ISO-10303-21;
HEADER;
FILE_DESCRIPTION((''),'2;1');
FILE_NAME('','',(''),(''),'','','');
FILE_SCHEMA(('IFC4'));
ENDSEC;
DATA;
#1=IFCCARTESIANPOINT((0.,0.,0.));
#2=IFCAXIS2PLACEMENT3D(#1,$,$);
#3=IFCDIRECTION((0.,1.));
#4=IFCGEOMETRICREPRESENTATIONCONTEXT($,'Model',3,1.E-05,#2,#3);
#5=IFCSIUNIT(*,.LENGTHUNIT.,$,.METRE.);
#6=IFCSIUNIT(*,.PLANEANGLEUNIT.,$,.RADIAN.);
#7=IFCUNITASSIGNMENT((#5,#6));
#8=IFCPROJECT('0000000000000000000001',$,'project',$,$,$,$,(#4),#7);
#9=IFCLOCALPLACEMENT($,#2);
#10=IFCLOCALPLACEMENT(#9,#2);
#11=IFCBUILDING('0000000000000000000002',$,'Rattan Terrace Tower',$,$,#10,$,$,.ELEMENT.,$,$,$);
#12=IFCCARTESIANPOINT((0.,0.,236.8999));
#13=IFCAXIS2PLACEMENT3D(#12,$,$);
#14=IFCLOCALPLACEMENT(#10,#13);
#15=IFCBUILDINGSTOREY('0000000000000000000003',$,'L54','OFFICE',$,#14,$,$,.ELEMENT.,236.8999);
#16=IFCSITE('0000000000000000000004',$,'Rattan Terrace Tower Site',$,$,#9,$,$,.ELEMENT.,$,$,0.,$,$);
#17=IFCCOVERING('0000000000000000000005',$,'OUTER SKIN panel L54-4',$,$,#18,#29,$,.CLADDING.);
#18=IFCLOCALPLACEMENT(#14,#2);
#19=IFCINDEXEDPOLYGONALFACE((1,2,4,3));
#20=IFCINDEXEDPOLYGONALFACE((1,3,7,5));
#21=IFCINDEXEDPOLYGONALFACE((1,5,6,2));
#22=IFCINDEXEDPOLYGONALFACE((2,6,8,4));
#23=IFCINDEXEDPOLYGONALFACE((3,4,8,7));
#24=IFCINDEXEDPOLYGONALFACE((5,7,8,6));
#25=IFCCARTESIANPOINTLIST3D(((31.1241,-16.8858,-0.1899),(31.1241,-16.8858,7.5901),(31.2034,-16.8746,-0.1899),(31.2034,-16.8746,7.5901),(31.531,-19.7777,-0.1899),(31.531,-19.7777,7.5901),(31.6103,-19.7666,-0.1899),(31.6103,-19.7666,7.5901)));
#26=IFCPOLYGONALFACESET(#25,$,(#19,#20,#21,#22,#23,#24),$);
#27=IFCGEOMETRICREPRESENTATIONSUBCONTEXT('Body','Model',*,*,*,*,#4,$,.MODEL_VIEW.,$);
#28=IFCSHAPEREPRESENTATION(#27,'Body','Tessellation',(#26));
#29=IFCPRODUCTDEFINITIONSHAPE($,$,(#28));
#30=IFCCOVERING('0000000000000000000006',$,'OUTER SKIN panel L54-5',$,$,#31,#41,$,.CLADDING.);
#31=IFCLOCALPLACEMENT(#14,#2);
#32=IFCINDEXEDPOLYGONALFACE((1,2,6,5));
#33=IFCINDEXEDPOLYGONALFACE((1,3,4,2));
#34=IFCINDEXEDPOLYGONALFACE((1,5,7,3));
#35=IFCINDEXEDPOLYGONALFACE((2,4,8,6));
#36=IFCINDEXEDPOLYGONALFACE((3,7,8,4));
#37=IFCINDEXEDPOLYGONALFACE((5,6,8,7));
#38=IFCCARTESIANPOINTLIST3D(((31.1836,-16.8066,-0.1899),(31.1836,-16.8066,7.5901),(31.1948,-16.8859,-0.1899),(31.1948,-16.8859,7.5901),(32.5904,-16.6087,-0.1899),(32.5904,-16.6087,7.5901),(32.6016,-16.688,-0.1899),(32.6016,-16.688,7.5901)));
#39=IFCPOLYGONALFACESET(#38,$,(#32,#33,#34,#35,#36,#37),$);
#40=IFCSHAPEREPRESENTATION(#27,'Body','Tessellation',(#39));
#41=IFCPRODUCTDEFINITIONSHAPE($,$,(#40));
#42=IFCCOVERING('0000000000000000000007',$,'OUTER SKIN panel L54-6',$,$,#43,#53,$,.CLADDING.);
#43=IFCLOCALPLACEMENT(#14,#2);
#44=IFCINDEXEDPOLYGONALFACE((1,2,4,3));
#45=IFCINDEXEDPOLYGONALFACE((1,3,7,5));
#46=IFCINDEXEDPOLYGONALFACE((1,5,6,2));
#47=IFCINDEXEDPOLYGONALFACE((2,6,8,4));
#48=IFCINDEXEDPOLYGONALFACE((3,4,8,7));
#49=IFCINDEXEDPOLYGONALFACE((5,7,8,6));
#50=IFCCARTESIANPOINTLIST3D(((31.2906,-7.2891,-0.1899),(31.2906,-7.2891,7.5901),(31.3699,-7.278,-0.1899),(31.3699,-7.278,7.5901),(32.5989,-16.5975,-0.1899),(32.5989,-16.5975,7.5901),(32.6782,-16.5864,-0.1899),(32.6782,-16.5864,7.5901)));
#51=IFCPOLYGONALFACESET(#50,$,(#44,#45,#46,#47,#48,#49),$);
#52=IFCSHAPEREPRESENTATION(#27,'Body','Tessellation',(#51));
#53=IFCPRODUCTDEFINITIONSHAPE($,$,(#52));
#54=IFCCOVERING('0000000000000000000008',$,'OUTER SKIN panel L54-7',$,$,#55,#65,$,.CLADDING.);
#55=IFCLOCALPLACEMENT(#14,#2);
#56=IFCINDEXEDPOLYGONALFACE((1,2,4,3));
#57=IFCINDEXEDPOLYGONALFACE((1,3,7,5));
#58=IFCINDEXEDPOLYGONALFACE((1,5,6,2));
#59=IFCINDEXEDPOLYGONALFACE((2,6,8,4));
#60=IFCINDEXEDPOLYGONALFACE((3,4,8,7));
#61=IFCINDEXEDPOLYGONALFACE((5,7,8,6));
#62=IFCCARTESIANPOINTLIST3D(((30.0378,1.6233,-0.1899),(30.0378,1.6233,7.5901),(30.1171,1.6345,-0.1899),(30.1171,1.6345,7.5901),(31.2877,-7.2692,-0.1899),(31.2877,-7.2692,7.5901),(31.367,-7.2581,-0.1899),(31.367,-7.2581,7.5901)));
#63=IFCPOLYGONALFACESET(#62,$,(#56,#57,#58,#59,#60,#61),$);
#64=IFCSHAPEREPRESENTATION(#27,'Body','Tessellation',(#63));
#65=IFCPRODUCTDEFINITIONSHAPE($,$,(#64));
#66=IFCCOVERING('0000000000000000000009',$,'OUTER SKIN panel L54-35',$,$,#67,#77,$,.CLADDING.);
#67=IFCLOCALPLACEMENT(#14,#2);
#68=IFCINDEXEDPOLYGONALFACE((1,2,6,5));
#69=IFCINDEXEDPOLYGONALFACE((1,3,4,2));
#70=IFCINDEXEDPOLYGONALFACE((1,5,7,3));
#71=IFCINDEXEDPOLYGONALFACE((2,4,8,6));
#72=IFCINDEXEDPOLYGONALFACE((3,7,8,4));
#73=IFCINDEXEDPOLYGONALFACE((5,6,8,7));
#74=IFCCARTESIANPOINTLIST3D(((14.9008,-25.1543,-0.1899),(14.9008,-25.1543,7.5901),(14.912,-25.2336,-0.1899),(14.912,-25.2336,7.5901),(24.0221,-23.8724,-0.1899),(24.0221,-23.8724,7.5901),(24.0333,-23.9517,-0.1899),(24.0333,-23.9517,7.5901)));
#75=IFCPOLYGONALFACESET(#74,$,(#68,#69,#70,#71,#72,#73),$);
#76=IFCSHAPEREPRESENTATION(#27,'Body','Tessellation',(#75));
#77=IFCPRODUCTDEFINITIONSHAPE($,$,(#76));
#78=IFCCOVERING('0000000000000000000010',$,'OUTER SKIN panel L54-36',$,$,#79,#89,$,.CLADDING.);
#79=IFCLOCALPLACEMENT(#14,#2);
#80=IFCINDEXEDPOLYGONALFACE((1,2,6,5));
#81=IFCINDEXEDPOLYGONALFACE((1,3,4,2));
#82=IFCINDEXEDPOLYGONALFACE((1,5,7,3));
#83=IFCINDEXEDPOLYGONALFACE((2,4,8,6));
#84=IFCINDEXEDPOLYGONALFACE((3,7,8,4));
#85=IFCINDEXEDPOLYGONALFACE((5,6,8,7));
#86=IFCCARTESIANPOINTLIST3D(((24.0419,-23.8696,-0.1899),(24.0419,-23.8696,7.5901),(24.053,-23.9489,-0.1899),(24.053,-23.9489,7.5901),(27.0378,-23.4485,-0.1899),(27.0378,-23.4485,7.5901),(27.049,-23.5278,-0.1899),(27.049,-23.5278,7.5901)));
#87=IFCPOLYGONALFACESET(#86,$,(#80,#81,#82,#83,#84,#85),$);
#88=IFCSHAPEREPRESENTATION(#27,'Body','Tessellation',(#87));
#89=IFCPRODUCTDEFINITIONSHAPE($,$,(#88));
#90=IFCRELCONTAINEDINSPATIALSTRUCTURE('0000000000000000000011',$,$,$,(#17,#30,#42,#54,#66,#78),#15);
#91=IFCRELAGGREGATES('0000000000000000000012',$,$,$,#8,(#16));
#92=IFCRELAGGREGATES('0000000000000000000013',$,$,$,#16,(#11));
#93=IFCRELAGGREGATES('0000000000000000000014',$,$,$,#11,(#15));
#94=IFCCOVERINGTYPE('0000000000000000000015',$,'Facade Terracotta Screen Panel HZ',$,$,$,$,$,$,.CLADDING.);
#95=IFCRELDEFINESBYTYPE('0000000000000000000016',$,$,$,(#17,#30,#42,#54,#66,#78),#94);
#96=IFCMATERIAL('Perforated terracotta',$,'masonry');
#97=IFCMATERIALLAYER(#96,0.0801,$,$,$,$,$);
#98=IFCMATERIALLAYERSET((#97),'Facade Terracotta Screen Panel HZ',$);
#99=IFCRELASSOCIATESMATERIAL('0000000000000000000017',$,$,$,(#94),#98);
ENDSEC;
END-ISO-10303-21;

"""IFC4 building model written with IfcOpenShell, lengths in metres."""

from ifc_helpers import new_model, si_unit, direction, frame, origin, origin_2d, place, context, subcontext, project, spatial, rectangle, extrude, material, layer, layer_set, type_object, element, save


model = new_model("IFC4")

# Units and contexts
model_context = context("Model", 3, precision=1e-05, world=origin(), true_north=direction((0.0, 1.0)))
body_context = subcontext(model_context, "Body", "Model", "MODEL_VIEW")
ifc_project = project(units=[si_unit("LENGTHUNIT", "METRE"), si_unit("PLANEANGLEUNIT", "RADIAN")], contexts=[model_context])

# Site, building, storey
site_placement = place(None, origin())
site = spatial("IfcSite", under=ifc_project, at=site_placement, Name="Rattan Terrace Tower Site", CompositionType="ELEMENT", RefElevation=0.0)
building_placement = place(site_placement, origin())
building = spatial("IfcBuilding", under=site, at=building_placement, Name="Rattan Terrace Tower", CompositionType="ELEMENT")
storey_placement = place(building_placement, frame((0.0, 0.0, 236.8999)))
storey = spatial("IfcBuildingStorey", under=building, at=storey_placement, Name="L54", Description="OFFICE", CompositionType="ELEMENT", Elevation=236.8999)

# Coverings
ifc_material_1 = material(Name="Perforated terracotta", Category="masonry")
ifc_layer_1 = layer(ifc_material_1, 0.0801)
ifc_layer_set_1 = layer_set([ifc_layer_1], Name="Facade Terracotta Screen Panel HZ")
covering_type = type_object("IfcCoveringType", Name="Facade Terracotta Screen Panel HZ", PredefinedType="CLADDING", material=ifc_layer_set_1)
covering_1_placement = place(storey_placement, frame((31.3672, -18.3262, -0.1899), z_axis=(0.0, 0.0, 1.0), x_axis=(-0.139321, 0.990247, 0.0)))
element("IfcCovering", 1, at=covering_1_placement, inside=storey, type_object=covering_type, Name="OUTER SKIN panel L54-4", PredefinedType="CLADDING", context=body_context, shape_type="SweptSolid", body=[
    extrude(rectangle(XDim=2.9204, YDim=0.0801, at=origin_2d()), origin(), (0.0, 0.0, 1.0), 7.78),
])
covering_2_placement = place(storey_placement, frame((31.8926, -16.7473, -0.1899), z_axis=(0.0, 0.0, 1.0), x_axis=(0.990254, 0.139275, 0.0)))
element("IfcCovering", 2, at=covering_2_placement, inside=storey, type_object=covering_type, Name="OUTER SKIN panel L54-5", PredefinedType="CLADDING", context=body_context, shape_type="SweptSolid", body=[
    extrude(rectangle(XDim=1.4207, YDim=0.0801, at=origin_2d()), origin(), (0.0, 0.0, 1.0), 7.78),
])
covering_3_placement = place(storey_placement, frame((31.9844, -11.9377, -0.1899), z_axis=(0.0, 0.0, 1.0), x_axis=(-0.139186, 0.990266, 0.0)))
element("IfcCovering", 3, at=covering_3_placement, inside=storey, type_object=covering_type, Name="OUTER SKIN panel L54-6", PredefinedType="CLADDING", context=body_context, shape_type="SweptSolid", body=[
    extrude(rectangle(XDim=9.3999, YDim=0.0801, at=origin_2d()), origin(), (0.0, 0.0, 1.0), 7.78),
])
covering_4_placement = place(storey_placement, frame((30.7024, -2.8174, -0.1899), z_axis=(0.0, 0.0, 1.0), x_axis=(-0.139186, 0.990266, 0.0)))
element("IfcCovering", 4, at=covering_4_placement, inside=storey, type_object=covering_type, Name="OUTER SKIN panel L54-7", PredefinedType="CLADDING", context=body_context, shape_type="SweptSolid", body=[
    extrude(rectangle(XDim=8.98, YDim=0.0801, at=origin_2d()), origin(), (0.0, 0.0, 1.0), 7.78),
])
covering_5_placement = place(storey_placement, frame((19.467, -24.553, -0.1899), z_axis=(0.0, 0.0, 1.0), x_axis=(0.990267, 0.139177, 0.0)))
element("IfcCovering", 5, at=covering_5_placement, inside=storey, type_object=covering_type, Name="OUTER SKIN panel L54-35", PredefinedType="CLADDING", context=body_context, shape_type="SweptSolid", body=[
    extrude(rectangle(XDim=9.2109, YDim=0.0801, at=origin_2d()), origin(), (0.0, 0.0, 1.0), 7.78),
])
covering_6_placement = place(storey_placement, frame((25.5454, -23.6987, -0.1899), z_axis=(0.0, 0.0, 1.0), x_axis=(0.990267, 0.139177, 0.0)))
element("IfcCovering", 6, at=covering_6_placement, inside=storey, type_object=covering_type, Name="OUTER SKIN panel L54-36", PredefinedType="CLADDING", context=body_context, shape_type="SweptSolid", body=[
    extrude(rectangle(XDim=3.0254, YDim=0.0801, at=origin_2d()), origin(), (0.0, 0.0, 1.0), 7.78),
])

save(model, "model.ifc")
